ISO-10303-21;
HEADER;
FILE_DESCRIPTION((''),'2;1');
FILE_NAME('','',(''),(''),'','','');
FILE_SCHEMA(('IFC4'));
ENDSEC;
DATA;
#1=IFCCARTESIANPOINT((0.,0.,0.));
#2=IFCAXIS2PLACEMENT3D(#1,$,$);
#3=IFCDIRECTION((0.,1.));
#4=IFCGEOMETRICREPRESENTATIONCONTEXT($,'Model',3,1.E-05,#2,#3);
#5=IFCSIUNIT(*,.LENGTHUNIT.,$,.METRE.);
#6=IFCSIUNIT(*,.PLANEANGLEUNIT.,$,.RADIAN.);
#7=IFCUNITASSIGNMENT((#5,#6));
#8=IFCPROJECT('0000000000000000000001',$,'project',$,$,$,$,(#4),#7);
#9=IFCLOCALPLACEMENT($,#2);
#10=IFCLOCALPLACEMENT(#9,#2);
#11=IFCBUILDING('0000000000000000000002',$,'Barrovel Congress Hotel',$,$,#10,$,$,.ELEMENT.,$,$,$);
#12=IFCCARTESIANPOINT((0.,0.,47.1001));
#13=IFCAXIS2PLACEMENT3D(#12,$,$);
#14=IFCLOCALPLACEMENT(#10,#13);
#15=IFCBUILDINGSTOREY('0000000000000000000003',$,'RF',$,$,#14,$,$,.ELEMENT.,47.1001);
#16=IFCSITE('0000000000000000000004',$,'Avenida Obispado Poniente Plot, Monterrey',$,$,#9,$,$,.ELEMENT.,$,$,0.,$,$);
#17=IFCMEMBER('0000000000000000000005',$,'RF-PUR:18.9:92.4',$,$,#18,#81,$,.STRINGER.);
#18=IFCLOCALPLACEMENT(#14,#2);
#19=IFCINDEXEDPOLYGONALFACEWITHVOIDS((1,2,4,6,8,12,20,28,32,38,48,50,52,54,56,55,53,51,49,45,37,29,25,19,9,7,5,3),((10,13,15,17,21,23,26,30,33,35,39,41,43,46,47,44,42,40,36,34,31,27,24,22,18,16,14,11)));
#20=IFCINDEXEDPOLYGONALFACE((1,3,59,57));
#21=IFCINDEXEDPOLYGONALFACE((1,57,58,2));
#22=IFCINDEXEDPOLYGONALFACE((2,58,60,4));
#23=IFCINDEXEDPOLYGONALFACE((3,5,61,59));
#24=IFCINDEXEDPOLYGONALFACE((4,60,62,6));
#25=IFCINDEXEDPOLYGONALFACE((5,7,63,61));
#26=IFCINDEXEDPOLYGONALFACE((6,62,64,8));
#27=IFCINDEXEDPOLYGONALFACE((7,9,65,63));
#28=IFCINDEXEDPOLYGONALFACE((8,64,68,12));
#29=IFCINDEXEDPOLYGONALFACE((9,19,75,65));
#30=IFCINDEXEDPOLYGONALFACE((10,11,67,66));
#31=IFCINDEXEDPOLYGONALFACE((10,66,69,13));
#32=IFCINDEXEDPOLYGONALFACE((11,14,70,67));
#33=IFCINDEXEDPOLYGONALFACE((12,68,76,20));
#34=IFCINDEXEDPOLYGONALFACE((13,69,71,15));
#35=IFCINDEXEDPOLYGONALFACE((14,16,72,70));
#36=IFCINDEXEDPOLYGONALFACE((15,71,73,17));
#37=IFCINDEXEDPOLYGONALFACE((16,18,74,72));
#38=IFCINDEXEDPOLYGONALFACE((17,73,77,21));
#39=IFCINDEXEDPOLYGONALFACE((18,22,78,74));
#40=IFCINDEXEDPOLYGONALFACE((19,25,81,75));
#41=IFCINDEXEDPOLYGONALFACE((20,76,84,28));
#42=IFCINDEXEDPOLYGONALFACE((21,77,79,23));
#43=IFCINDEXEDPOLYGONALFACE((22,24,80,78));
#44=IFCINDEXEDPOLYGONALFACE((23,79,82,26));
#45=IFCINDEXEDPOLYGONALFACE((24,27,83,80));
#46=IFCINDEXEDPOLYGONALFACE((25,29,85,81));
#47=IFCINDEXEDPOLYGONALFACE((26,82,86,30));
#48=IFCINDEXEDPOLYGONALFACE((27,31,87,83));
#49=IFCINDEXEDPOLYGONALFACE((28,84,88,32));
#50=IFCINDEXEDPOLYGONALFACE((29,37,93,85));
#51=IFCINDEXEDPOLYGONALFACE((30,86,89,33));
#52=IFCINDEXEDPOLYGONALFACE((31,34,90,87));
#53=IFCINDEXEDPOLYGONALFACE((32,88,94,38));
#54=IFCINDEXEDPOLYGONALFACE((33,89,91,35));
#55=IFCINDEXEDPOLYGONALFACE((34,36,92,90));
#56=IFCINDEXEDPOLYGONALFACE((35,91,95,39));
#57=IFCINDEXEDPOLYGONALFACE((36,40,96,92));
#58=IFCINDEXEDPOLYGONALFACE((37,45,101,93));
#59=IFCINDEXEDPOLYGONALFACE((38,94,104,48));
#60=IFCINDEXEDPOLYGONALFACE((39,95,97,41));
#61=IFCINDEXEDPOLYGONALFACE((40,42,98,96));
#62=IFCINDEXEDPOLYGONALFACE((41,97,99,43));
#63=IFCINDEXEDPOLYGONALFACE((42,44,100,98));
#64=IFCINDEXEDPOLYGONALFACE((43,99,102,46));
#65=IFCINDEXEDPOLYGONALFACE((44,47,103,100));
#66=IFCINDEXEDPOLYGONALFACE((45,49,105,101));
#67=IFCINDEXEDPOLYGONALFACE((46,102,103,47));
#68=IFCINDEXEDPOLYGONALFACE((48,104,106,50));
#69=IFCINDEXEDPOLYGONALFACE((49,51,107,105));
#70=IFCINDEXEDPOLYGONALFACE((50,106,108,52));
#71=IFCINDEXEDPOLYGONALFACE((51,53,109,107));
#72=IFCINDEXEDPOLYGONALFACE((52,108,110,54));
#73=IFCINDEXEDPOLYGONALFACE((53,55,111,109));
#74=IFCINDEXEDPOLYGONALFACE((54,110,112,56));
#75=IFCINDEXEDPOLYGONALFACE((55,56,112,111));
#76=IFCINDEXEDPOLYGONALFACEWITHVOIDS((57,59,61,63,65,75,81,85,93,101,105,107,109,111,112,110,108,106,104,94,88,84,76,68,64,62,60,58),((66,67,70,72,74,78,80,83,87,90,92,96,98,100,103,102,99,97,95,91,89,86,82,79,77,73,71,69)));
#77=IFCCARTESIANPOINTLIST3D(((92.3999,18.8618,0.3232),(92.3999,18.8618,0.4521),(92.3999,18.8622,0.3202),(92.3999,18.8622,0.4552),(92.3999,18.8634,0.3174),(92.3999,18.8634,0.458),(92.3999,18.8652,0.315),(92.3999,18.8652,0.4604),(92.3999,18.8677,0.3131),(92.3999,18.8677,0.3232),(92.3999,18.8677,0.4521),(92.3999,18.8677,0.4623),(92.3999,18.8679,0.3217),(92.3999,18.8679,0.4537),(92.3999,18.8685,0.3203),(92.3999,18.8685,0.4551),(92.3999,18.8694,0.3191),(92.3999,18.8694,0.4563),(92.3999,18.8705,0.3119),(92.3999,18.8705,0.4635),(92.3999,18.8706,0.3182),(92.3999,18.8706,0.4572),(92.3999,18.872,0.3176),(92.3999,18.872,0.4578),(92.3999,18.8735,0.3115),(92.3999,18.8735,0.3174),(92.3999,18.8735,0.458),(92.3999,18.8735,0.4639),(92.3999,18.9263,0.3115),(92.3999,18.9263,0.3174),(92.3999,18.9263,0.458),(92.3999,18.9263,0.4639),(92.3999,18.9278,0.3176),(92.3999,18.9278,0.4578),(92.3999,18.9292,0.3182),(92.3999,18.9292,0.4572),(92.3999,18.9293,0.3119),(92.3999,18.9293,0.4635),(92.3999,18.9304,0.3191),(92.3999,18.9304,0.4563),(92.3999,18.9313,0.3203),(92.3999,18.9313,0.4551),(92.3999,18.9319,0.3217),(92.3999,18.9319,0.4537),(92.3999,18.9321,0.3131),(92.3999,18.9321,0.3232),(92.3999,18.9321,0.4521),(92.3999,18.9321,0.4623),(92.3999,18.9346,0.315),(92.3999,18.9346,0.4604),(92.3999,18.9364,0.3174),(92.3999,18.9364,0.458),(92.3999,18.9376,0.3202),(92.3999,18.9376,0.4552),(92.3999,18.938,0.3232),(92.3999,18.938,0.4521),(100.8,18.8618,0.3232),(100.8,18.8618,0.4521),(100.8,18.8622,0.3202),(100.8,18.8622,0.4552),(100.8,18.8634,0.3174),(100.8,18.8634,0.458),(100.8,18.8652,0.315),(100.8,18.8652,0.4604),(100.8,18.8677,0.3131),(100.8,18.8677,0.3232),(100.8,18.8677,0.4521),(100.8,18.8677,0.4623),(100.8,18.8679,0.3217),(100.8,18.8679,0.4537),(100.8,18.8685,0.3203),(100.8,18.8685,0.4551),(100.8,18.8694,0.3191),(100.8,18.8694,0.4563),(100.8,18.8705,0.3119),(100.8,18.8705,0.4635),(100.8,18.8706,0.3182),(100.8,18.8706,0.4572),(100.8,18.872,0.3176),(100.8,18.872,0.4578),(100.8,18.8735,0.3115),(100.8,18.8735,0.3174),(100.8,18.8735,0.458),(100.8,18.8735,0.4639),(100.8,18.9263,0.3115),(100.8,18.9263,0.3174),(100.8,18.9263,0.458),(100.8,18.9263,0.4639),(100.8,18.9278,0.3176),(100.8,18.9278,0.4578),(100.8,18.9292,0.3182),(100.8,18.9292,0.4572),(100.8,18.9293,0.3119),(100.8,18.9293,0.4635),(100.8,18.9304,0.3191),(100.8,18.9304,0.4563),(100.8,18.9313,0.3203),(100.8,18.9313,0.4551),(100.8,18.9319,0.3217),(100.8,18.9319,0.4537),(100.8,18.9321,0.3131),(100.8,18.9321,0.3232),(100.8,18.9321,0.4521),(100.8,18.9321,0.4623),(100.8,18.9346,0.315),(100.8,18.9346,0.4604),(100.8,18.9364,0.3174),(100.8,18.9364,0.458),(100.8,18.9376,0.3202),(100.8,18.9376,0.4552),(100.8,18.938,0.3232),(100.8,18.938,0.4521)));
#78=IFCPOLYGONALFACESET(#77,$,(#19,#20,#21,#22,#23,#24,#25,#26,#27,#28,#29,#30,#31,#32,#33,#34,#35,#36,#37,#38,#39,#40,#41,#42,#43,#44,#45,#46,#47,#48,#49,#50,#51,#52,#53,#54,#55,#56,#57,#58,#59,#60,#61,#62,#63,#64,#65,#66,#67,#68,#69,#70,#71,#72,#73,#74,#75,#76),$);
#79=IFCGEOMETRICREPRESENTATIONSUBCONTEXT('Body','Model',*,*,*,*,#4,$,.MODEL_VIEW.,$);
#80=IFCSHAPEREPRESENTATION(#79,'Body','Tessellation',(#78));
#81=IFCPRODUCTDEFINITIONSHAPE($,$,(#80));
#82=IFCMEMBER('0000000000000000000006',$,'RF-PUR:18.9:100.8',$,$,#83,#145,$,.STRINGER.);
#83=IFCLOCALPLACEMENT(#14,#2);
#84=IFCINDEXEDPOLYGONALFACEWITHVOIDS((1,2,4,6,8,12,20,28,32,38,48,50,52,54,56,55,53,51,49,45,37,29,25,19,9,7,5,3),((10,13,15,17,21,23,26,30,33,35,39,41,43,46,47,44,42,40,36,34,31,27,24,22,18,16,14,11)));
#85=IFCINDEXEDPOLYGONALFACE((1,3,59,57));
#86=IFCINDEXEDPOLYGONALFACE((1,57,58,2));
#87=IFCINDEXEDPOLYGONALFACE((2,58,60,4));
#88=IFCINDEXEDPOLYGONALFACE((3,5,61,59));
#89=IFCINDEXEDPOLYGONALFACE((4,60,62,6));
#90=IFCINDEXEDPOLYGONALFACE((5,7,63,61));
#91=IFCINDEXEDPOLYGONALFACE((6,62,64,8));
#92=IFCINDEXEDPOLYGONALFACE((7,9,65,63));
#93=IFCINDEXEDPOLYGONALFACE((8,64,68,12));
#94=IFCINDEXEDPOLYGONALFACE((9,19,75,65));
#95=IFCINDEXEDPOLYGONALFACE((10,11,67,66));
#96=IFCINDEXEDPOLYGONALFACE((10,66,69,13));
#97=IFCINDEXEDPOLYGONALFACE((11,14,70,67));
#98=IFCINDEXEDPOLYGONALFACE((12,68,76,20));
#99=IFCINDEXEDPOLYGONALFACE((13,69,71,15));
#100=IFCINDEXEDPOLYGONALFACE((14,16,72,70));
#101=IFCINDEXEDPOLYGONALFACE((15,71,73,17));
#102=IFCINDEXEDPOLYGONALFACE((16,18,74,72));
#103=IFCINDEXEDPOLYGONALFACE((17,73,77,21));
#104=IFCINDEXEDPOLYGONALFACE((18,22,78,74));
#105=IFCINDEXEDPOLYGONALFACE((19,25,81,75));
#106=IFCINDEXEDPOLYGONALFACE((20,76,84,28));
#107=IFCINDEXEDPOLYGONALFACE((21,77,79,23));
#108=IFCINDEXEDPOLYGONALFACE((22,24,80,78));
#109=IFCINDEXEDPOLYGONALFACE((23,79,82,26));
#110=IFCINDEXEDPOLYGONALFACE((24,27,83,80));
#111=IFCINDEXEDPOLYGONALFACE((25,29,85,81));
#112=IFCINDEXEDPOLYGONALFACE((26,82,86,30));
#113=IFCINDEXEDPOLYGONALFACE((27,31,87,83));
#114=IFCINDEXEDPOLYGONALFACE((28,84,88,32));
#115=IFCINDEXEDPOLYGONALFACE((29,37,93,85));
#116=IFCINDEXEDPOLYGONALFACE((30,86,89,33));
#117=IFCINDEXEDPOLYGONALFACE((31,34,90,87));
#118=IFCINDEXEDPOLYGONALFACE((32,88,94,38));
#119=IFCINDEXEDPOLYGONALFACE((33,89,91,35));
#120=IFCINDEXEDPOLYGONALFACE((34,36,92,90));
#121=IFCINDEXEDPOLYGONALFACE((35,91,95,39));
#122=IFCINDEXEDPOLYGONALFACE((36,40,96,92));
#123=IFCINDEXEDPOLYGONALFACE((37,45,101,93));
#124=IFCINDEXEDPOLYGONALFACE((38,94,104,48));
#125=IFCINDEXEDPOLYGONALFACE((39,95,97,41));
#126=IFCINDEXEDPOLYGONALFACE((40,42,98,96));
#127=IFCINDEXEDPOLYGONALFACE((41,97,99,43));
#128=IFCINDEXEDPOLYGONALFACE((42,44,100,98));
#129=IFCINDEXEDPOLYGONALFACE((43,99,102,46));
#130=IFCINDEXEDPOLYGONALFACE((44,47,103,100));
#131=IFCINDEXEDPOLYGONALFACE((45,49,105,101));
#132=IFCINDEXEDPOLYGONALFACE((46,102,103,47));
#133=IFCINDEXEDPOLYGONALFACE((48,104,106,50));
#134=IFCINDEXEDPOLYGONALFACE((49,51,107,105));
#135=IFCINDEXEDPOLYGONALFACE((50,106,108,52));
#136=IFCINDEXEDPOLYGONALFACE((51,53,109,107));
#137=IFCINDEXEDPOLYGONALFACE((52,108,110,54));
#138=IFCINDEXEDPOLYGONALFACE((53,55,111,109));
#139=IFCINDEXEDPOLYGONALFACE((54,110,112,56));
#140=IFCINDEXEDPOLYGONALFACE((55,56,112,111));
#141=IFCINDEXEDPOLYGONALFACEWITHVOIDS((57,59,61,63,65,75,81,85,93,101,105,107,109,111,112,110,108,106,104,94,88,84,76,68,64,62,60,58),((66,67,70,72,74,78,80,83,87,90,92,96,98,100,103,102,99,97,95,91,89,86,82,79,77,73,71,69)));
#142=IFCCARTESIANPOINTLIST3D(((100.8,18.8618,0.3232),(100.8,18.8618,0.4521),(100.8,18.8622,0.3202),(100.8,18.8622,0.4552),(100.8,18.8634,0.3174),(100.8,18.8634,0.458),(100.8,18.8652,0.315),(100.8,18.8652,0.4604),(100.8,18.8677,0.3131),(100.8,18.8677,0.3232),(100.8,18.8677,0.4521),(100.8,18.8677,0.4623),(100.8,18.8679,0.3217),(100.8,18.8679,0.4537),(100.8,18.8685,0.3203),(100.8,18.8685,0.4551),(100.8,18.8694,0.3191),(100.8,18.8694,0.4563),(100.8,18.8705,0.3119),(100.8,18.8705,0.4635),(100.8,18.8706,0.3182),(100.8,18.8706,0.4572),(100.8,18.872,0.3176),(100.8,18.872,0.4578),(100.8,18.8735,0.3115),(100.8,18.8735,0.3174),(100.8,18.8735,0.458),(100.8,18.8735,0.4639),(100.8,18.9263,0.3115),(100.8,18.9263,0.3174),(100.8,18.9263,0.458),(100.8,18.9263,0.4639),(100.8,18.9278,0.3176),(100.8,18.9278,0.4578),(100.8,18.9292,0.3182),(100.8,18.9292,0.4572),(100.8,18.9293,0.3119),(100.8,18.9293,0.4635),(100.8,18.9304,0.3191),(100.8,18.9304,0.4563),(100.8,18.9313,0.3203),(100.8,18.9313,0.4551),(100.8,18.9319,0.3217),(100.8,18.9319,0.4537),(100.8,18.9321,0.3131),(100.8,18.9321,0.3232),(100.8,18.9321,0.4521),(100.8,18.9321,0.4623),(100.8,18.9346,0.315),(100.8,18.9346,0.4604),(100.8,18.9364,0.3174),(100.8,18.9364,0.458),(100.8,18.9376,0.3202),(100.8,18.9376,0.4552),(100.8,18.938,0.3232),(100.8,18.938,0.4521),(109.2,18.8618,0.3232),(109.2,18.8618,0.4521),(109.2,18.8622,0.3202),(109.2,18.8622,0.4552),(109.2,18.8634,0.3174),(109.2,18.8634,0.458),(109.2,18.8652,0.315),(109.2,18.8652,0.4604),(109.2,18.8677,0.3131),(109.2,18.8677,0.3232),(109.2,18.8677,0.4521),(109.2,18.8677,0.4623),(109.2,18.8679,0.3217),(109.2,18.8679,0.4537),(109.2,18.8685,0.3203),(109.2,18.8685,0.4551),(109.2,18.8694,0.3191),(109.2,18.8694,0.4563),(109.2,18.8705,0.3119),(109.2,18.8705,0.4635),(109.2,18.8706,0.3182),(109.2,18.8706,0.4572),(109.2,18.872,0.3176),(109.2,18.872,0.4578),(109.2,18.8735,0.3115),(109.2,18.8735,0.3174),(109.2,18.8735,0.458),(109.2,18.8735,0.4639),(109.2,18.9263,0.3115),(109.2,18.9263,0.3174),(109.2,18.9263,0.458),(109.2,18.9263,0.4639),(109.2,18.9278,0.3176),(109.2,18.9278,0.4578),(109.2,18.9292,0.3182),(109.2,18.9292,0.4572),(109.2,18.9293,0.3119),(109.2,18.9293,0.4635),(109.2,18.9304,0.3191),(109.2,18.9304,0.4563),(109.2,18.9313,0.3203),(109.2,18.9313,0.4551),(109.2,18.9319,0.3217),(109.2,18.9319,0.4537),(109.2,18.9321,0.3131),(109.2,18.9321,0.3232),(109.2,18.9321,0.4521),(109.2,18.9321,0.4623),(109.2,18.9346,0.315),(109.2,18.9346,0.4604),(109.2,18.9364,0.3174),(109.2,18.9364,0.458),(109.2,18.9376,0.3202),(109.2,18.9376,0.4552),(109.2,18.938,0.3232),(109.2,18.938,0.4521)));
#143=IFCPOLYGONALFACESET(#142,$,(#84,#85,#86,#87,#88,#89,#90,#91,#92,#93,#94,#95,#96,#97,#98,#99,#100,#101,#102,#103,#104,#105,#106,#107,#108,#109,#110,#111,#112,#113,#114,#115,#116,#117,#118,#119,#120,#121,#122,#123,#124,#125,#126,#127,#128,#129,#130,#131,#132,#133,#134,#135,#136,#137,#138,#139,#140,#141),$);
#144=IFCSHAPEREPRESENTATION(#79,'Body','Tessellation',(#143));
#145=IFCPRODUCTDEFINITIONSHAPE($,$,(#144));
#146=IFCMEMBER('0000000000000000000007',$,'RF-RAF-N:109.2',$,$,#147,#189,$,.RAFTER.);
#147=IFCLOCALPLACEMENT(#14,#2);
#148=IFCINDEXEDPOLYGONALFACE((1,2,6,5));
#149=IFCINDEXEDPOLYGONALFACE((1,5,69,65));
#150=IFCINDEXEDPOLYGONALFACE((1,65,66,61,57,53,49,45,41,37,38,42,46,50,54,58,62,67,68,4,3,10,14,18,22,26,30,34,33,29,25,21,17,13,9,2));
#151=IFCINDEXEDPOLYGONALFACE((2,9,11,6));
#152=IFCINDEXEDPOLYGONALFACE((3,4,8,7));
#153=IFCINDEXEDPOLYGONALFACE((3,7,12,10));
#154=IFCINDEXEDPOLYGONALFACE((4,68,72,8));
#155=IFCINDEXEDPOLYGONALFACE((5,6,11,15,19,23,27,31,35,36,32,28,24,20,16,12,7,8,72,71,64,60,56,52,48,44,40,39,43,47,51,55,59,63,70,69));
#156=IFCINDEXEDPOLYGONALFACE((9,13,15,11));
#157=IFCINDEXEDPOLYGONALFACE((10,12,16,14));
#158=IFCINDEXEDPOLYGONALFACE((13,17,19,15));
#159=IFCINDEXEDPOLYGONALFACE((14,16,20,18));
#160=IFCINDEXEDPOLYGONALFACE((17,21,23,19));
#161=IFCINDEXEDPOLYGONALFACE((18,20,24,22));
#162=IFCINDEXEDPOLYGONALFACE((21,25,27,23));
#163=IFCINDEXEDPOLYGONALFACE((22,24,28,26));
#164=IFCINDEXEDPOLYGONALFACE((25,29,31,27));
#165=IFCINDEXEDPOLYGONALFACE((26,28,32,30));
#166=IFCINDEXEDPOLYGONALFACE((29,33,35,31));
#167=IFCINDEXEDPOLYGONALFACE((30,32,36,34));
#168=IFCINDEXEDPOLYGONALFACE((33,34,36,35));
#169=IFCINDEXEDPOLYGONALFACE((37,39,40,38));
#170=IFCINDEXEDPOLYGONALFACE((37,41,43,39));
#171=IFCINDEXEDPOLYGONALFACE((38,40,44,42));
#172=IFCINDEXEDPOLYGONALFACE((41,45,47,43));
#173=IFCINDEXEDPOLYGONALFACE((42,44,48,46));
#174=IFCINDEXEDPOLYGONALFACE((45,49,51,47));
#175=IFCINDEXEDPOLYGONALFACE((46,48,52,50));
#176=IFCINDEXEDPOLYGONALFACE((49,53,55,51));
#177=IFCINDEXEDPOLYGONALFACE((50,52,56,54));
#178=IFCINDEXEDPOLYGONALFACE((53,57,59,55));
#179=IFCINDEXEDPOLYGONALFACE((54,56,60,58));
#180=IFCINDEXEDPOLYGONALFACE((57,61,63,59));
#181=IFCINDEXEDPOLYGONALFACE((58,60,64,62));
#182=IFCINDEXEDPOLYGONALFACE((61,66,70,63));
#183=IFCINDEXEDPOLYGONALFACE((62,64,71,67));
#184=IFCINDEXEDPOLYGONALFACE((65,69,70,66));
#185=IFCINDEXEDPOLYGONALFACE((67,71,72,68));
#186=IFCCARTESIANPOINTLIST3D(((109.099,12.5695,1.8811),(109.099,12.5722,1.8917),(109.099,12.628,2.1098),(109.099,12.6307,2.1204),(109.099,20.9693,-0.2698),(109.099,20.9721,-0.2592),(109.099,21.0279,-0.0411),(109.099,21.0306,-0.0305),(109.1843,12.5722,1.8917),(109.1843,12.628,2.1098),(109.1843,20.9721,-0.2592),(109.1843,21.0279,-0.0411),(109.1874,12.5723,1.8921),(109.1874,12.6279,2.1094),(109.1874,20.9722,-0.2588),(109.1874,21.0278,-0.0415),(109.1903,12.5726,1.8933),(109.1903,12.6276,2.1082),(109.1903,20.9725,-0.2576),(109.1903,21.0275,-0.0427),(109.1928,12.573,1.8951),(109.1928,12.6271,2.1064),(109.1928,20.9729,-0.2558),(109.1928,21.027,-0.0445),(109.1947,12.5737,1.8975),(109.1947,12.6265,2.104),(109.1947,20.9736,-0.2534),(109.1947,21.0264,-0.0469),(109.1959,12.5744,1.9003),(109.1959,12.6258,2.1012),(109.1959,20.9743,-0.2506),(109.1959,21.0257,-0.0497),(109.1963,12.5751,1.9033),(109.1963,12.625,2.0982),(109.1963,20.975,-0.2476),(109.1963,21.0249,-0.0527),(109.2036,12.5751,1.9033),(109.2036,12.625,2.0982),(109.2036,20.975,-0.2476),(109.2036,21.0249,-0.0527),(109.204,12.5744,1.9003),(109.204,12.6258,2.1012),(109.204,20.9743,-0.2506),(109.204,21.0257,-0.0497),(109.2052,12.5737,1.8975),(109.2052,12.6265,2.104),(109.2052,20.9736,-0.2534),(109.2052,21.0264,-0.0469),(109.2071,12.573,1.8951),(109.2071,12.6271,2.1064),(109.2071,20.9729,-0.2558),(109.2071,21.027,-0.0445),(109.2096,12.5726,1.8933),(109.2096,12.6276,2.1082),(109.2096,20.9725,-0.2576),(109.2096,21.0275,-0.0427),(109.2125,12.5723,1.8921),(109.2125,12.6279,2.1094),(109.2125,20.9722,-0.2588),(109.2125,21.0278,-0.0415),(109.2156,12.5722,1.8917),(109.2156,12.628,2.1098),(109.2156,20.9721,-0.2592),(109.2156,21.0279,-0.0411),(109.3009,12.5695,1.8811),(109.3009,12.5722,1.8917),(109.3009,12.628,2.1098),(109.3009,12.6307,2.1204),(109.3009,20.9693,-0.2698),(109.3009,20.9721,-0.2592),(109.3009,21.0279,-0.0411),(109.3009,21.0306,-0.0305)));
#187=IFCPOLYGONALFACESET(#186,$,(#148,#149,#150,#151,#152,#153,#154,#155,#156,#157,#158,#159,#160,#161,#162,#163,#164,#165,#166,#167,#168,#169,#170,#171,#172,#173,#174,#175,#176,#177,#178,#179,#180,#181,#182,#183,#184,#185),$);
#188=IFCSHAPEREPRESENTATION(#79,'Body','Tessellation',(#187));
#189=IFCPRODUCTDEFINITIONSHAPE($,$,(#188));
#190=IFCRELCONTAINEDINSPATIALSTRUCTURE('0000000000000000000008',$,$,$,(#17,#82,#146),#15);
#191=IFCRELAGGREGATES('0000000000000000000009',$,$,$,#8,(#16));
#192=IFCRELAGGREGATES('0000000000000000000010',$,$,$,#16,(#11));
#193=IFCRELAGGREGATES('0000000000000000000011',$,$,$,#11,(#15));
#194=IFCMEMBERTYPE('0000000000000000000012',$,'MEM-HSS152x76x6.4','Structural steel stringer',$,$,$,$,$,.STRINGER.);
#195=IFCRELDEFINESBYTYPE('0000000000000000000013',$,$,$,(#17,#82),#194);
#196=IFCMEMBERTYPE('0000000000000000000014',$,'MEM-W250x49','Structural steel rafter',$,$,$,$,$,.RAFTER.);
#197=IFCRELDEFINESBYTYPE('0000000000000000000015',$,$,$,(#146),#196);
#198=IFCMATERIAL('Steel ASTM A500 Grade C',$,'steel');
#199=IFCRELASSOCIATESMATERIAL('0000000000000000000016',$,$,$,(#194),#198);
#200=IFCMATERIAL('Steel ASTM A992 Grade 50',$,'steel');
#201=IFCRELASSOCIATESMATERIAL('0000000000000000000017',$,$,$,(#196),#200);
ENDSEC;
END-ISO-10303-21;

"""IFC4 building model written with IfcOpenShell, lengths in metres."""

from ifc_helpers import new_model, si_unit, direction, frame, origin, origin_2d, place, context, subcontext, project, spatial, hollow_rectangle, i_section, extrude, material, material_profile, profile_set, type_object, element, save


model = new_model("IFC4")

# Units and contexts
model_context = context("Model", 3, precision=1e-05, world=origin(), true_north=direction((0.0, 1.0)))
body_context = subcontext(model_context, "Body", "Model", "MODEL_VIEW")
ifc_project = project(units=[si_unit("LENGTHUNIT", "METRE"), si_unit("PLANEANGLEUNIT", "RADIAN")], contexts=[model_context])

# Site, building, storey
site_placement = place(None, origin())
site = spatial("IfcSite", under=ifc_project, at=site_placement, Name="Avenida Obispado Poniente Plot, Monterrey", CompositionType="ELEMENT", RefElevation=0.0)
building_placement = place(site_placement, origin())
building = spatial("IfcBuilding", under=site, at=building_placement, Name="Barrovel Congress Hotel", CompositionType="ELEMENT")
storey_placement = place(building_placement, frame((0.0, 0.0, 47.1001)))
storey = spatial("IfcBuildingStorey", under=building, at=storey_placement, Name="RF", CompositionType="ELEMENT", Elevation=47.1001)

# Members
ifc_material_1 = material(Name="Steel ASTM A500 Grade C", Category="steel")
ifc_material_profile_1 = material_profile(ifc_material_1, hollow_rectangle(XDim=0.0762, YDim=0.1523, WallThickness=0.0059, InnerFilletRadius=0.0059, OuterFilletRadius=0.0117, at=origin_2d()), Name="HSS152x76x6.4")
ifc_profile_set_1 = profile_set([ifc_material_profile_1], Name="Steel ASTM A500 Grade C")
member_type_1 = type_object("IfcMemberType", Name="MEM-HSS152x76x6.4", Description="Structural steel stringer", PredefinedType="STRINGER", material=ifc_profile_set_1)
member_1_placement = place(storey_placement, frame((92.3999, 18.8999, 0.3877), z_axis=(1.0, 0.0, 0.0), x_axis=(0.0, 1.0, 0.0)))
element("IfcMember", 1, at=member_1_placement, inside=storey, type_object=member_type_1, Name="RF-PUR:18.9:92.4", PredefinedType="STRINGER", context=body_context, shape_type="SweptSolid", body=[
    extrude(hollow_rectangle(XDim=0.0762, YDim=0.1523, WallThickness=0.0059, InnerFilletRadius=0.0059, OuterFilletRadius=0.0117, at=origin_2d()), origin(), (0.0, 0.0, 1.0), 8.4001),
])
member_2_placement = place(storey_placement, frame((100.8, 18.8999, 0.3877), z_axis=(1.0, 0.0, 0.0), x_axis=(0.0, 1.0, 0.0)))
element("IfcMember", 2, at=member_2_placement, inside=storey, type_object=member_type_1, Name="RF-PUR:18.9:100.8", PredefinedType="STRINGER", context=body_context, shape_type="SweptSolid", body=[
    extrude(hollow_rectangle(XDim=0.0762, YDim=0.1523, WallThickness=0.0059, InnerFilletRadius=0.0059, OuterFilletRadius=0.0117, at=origin_2d()), origin(), (0.0, 0.0, 1.0), 8.3999),
])
ifc_material_2 = material(Name="Steel ASTM A992 Grade 50", Category="steel")
ifc_material_profile_2 = material_profile(ifc_material_2, i_section(OverallWidth=0.2019, OverallDepth=0.2471, WebThickness=0.0073, FlangeThickness=0.011, FilletRadius=0.012, at=origin_2d()), Name="W250x49")
ifc_profile_set_2 = profile_set([ifc_material_profile_2], Name="Steel ASTM A992 Grade 50")
member_type_2 = type_object("IfcMemberType", Name="MEM-W250x49", Description="Structural steel rafter", PredefinedType="RAFTER", material=ifc_profile_set_2)
member_3_placement = place(storey_placement, frame((109.2, 12.6001, 2.0007), z_axis=(0.0, 0.968745, -0.248057), x_axis=(-1.0, 0.0, 0.0)))
element("IfcMember", 3, at=member_3_placement, inside=storey, type_object=member_type_2, Name="RF-RAF-N:109.2", PredefinedType="RAFTER", context=body_context, shape_type="SweptSolid", body=[
    extrude(i_section(OverallWidth=0.2019, OverallDepth=0.2471, WebThickness=0.0073, FlangeThickness=0.011, FilletRadius=0.012, at=origin_2d()), origin(), (0.0, 0.0, 1.0), 8.6709),
])

save(model, "model.ifc")
